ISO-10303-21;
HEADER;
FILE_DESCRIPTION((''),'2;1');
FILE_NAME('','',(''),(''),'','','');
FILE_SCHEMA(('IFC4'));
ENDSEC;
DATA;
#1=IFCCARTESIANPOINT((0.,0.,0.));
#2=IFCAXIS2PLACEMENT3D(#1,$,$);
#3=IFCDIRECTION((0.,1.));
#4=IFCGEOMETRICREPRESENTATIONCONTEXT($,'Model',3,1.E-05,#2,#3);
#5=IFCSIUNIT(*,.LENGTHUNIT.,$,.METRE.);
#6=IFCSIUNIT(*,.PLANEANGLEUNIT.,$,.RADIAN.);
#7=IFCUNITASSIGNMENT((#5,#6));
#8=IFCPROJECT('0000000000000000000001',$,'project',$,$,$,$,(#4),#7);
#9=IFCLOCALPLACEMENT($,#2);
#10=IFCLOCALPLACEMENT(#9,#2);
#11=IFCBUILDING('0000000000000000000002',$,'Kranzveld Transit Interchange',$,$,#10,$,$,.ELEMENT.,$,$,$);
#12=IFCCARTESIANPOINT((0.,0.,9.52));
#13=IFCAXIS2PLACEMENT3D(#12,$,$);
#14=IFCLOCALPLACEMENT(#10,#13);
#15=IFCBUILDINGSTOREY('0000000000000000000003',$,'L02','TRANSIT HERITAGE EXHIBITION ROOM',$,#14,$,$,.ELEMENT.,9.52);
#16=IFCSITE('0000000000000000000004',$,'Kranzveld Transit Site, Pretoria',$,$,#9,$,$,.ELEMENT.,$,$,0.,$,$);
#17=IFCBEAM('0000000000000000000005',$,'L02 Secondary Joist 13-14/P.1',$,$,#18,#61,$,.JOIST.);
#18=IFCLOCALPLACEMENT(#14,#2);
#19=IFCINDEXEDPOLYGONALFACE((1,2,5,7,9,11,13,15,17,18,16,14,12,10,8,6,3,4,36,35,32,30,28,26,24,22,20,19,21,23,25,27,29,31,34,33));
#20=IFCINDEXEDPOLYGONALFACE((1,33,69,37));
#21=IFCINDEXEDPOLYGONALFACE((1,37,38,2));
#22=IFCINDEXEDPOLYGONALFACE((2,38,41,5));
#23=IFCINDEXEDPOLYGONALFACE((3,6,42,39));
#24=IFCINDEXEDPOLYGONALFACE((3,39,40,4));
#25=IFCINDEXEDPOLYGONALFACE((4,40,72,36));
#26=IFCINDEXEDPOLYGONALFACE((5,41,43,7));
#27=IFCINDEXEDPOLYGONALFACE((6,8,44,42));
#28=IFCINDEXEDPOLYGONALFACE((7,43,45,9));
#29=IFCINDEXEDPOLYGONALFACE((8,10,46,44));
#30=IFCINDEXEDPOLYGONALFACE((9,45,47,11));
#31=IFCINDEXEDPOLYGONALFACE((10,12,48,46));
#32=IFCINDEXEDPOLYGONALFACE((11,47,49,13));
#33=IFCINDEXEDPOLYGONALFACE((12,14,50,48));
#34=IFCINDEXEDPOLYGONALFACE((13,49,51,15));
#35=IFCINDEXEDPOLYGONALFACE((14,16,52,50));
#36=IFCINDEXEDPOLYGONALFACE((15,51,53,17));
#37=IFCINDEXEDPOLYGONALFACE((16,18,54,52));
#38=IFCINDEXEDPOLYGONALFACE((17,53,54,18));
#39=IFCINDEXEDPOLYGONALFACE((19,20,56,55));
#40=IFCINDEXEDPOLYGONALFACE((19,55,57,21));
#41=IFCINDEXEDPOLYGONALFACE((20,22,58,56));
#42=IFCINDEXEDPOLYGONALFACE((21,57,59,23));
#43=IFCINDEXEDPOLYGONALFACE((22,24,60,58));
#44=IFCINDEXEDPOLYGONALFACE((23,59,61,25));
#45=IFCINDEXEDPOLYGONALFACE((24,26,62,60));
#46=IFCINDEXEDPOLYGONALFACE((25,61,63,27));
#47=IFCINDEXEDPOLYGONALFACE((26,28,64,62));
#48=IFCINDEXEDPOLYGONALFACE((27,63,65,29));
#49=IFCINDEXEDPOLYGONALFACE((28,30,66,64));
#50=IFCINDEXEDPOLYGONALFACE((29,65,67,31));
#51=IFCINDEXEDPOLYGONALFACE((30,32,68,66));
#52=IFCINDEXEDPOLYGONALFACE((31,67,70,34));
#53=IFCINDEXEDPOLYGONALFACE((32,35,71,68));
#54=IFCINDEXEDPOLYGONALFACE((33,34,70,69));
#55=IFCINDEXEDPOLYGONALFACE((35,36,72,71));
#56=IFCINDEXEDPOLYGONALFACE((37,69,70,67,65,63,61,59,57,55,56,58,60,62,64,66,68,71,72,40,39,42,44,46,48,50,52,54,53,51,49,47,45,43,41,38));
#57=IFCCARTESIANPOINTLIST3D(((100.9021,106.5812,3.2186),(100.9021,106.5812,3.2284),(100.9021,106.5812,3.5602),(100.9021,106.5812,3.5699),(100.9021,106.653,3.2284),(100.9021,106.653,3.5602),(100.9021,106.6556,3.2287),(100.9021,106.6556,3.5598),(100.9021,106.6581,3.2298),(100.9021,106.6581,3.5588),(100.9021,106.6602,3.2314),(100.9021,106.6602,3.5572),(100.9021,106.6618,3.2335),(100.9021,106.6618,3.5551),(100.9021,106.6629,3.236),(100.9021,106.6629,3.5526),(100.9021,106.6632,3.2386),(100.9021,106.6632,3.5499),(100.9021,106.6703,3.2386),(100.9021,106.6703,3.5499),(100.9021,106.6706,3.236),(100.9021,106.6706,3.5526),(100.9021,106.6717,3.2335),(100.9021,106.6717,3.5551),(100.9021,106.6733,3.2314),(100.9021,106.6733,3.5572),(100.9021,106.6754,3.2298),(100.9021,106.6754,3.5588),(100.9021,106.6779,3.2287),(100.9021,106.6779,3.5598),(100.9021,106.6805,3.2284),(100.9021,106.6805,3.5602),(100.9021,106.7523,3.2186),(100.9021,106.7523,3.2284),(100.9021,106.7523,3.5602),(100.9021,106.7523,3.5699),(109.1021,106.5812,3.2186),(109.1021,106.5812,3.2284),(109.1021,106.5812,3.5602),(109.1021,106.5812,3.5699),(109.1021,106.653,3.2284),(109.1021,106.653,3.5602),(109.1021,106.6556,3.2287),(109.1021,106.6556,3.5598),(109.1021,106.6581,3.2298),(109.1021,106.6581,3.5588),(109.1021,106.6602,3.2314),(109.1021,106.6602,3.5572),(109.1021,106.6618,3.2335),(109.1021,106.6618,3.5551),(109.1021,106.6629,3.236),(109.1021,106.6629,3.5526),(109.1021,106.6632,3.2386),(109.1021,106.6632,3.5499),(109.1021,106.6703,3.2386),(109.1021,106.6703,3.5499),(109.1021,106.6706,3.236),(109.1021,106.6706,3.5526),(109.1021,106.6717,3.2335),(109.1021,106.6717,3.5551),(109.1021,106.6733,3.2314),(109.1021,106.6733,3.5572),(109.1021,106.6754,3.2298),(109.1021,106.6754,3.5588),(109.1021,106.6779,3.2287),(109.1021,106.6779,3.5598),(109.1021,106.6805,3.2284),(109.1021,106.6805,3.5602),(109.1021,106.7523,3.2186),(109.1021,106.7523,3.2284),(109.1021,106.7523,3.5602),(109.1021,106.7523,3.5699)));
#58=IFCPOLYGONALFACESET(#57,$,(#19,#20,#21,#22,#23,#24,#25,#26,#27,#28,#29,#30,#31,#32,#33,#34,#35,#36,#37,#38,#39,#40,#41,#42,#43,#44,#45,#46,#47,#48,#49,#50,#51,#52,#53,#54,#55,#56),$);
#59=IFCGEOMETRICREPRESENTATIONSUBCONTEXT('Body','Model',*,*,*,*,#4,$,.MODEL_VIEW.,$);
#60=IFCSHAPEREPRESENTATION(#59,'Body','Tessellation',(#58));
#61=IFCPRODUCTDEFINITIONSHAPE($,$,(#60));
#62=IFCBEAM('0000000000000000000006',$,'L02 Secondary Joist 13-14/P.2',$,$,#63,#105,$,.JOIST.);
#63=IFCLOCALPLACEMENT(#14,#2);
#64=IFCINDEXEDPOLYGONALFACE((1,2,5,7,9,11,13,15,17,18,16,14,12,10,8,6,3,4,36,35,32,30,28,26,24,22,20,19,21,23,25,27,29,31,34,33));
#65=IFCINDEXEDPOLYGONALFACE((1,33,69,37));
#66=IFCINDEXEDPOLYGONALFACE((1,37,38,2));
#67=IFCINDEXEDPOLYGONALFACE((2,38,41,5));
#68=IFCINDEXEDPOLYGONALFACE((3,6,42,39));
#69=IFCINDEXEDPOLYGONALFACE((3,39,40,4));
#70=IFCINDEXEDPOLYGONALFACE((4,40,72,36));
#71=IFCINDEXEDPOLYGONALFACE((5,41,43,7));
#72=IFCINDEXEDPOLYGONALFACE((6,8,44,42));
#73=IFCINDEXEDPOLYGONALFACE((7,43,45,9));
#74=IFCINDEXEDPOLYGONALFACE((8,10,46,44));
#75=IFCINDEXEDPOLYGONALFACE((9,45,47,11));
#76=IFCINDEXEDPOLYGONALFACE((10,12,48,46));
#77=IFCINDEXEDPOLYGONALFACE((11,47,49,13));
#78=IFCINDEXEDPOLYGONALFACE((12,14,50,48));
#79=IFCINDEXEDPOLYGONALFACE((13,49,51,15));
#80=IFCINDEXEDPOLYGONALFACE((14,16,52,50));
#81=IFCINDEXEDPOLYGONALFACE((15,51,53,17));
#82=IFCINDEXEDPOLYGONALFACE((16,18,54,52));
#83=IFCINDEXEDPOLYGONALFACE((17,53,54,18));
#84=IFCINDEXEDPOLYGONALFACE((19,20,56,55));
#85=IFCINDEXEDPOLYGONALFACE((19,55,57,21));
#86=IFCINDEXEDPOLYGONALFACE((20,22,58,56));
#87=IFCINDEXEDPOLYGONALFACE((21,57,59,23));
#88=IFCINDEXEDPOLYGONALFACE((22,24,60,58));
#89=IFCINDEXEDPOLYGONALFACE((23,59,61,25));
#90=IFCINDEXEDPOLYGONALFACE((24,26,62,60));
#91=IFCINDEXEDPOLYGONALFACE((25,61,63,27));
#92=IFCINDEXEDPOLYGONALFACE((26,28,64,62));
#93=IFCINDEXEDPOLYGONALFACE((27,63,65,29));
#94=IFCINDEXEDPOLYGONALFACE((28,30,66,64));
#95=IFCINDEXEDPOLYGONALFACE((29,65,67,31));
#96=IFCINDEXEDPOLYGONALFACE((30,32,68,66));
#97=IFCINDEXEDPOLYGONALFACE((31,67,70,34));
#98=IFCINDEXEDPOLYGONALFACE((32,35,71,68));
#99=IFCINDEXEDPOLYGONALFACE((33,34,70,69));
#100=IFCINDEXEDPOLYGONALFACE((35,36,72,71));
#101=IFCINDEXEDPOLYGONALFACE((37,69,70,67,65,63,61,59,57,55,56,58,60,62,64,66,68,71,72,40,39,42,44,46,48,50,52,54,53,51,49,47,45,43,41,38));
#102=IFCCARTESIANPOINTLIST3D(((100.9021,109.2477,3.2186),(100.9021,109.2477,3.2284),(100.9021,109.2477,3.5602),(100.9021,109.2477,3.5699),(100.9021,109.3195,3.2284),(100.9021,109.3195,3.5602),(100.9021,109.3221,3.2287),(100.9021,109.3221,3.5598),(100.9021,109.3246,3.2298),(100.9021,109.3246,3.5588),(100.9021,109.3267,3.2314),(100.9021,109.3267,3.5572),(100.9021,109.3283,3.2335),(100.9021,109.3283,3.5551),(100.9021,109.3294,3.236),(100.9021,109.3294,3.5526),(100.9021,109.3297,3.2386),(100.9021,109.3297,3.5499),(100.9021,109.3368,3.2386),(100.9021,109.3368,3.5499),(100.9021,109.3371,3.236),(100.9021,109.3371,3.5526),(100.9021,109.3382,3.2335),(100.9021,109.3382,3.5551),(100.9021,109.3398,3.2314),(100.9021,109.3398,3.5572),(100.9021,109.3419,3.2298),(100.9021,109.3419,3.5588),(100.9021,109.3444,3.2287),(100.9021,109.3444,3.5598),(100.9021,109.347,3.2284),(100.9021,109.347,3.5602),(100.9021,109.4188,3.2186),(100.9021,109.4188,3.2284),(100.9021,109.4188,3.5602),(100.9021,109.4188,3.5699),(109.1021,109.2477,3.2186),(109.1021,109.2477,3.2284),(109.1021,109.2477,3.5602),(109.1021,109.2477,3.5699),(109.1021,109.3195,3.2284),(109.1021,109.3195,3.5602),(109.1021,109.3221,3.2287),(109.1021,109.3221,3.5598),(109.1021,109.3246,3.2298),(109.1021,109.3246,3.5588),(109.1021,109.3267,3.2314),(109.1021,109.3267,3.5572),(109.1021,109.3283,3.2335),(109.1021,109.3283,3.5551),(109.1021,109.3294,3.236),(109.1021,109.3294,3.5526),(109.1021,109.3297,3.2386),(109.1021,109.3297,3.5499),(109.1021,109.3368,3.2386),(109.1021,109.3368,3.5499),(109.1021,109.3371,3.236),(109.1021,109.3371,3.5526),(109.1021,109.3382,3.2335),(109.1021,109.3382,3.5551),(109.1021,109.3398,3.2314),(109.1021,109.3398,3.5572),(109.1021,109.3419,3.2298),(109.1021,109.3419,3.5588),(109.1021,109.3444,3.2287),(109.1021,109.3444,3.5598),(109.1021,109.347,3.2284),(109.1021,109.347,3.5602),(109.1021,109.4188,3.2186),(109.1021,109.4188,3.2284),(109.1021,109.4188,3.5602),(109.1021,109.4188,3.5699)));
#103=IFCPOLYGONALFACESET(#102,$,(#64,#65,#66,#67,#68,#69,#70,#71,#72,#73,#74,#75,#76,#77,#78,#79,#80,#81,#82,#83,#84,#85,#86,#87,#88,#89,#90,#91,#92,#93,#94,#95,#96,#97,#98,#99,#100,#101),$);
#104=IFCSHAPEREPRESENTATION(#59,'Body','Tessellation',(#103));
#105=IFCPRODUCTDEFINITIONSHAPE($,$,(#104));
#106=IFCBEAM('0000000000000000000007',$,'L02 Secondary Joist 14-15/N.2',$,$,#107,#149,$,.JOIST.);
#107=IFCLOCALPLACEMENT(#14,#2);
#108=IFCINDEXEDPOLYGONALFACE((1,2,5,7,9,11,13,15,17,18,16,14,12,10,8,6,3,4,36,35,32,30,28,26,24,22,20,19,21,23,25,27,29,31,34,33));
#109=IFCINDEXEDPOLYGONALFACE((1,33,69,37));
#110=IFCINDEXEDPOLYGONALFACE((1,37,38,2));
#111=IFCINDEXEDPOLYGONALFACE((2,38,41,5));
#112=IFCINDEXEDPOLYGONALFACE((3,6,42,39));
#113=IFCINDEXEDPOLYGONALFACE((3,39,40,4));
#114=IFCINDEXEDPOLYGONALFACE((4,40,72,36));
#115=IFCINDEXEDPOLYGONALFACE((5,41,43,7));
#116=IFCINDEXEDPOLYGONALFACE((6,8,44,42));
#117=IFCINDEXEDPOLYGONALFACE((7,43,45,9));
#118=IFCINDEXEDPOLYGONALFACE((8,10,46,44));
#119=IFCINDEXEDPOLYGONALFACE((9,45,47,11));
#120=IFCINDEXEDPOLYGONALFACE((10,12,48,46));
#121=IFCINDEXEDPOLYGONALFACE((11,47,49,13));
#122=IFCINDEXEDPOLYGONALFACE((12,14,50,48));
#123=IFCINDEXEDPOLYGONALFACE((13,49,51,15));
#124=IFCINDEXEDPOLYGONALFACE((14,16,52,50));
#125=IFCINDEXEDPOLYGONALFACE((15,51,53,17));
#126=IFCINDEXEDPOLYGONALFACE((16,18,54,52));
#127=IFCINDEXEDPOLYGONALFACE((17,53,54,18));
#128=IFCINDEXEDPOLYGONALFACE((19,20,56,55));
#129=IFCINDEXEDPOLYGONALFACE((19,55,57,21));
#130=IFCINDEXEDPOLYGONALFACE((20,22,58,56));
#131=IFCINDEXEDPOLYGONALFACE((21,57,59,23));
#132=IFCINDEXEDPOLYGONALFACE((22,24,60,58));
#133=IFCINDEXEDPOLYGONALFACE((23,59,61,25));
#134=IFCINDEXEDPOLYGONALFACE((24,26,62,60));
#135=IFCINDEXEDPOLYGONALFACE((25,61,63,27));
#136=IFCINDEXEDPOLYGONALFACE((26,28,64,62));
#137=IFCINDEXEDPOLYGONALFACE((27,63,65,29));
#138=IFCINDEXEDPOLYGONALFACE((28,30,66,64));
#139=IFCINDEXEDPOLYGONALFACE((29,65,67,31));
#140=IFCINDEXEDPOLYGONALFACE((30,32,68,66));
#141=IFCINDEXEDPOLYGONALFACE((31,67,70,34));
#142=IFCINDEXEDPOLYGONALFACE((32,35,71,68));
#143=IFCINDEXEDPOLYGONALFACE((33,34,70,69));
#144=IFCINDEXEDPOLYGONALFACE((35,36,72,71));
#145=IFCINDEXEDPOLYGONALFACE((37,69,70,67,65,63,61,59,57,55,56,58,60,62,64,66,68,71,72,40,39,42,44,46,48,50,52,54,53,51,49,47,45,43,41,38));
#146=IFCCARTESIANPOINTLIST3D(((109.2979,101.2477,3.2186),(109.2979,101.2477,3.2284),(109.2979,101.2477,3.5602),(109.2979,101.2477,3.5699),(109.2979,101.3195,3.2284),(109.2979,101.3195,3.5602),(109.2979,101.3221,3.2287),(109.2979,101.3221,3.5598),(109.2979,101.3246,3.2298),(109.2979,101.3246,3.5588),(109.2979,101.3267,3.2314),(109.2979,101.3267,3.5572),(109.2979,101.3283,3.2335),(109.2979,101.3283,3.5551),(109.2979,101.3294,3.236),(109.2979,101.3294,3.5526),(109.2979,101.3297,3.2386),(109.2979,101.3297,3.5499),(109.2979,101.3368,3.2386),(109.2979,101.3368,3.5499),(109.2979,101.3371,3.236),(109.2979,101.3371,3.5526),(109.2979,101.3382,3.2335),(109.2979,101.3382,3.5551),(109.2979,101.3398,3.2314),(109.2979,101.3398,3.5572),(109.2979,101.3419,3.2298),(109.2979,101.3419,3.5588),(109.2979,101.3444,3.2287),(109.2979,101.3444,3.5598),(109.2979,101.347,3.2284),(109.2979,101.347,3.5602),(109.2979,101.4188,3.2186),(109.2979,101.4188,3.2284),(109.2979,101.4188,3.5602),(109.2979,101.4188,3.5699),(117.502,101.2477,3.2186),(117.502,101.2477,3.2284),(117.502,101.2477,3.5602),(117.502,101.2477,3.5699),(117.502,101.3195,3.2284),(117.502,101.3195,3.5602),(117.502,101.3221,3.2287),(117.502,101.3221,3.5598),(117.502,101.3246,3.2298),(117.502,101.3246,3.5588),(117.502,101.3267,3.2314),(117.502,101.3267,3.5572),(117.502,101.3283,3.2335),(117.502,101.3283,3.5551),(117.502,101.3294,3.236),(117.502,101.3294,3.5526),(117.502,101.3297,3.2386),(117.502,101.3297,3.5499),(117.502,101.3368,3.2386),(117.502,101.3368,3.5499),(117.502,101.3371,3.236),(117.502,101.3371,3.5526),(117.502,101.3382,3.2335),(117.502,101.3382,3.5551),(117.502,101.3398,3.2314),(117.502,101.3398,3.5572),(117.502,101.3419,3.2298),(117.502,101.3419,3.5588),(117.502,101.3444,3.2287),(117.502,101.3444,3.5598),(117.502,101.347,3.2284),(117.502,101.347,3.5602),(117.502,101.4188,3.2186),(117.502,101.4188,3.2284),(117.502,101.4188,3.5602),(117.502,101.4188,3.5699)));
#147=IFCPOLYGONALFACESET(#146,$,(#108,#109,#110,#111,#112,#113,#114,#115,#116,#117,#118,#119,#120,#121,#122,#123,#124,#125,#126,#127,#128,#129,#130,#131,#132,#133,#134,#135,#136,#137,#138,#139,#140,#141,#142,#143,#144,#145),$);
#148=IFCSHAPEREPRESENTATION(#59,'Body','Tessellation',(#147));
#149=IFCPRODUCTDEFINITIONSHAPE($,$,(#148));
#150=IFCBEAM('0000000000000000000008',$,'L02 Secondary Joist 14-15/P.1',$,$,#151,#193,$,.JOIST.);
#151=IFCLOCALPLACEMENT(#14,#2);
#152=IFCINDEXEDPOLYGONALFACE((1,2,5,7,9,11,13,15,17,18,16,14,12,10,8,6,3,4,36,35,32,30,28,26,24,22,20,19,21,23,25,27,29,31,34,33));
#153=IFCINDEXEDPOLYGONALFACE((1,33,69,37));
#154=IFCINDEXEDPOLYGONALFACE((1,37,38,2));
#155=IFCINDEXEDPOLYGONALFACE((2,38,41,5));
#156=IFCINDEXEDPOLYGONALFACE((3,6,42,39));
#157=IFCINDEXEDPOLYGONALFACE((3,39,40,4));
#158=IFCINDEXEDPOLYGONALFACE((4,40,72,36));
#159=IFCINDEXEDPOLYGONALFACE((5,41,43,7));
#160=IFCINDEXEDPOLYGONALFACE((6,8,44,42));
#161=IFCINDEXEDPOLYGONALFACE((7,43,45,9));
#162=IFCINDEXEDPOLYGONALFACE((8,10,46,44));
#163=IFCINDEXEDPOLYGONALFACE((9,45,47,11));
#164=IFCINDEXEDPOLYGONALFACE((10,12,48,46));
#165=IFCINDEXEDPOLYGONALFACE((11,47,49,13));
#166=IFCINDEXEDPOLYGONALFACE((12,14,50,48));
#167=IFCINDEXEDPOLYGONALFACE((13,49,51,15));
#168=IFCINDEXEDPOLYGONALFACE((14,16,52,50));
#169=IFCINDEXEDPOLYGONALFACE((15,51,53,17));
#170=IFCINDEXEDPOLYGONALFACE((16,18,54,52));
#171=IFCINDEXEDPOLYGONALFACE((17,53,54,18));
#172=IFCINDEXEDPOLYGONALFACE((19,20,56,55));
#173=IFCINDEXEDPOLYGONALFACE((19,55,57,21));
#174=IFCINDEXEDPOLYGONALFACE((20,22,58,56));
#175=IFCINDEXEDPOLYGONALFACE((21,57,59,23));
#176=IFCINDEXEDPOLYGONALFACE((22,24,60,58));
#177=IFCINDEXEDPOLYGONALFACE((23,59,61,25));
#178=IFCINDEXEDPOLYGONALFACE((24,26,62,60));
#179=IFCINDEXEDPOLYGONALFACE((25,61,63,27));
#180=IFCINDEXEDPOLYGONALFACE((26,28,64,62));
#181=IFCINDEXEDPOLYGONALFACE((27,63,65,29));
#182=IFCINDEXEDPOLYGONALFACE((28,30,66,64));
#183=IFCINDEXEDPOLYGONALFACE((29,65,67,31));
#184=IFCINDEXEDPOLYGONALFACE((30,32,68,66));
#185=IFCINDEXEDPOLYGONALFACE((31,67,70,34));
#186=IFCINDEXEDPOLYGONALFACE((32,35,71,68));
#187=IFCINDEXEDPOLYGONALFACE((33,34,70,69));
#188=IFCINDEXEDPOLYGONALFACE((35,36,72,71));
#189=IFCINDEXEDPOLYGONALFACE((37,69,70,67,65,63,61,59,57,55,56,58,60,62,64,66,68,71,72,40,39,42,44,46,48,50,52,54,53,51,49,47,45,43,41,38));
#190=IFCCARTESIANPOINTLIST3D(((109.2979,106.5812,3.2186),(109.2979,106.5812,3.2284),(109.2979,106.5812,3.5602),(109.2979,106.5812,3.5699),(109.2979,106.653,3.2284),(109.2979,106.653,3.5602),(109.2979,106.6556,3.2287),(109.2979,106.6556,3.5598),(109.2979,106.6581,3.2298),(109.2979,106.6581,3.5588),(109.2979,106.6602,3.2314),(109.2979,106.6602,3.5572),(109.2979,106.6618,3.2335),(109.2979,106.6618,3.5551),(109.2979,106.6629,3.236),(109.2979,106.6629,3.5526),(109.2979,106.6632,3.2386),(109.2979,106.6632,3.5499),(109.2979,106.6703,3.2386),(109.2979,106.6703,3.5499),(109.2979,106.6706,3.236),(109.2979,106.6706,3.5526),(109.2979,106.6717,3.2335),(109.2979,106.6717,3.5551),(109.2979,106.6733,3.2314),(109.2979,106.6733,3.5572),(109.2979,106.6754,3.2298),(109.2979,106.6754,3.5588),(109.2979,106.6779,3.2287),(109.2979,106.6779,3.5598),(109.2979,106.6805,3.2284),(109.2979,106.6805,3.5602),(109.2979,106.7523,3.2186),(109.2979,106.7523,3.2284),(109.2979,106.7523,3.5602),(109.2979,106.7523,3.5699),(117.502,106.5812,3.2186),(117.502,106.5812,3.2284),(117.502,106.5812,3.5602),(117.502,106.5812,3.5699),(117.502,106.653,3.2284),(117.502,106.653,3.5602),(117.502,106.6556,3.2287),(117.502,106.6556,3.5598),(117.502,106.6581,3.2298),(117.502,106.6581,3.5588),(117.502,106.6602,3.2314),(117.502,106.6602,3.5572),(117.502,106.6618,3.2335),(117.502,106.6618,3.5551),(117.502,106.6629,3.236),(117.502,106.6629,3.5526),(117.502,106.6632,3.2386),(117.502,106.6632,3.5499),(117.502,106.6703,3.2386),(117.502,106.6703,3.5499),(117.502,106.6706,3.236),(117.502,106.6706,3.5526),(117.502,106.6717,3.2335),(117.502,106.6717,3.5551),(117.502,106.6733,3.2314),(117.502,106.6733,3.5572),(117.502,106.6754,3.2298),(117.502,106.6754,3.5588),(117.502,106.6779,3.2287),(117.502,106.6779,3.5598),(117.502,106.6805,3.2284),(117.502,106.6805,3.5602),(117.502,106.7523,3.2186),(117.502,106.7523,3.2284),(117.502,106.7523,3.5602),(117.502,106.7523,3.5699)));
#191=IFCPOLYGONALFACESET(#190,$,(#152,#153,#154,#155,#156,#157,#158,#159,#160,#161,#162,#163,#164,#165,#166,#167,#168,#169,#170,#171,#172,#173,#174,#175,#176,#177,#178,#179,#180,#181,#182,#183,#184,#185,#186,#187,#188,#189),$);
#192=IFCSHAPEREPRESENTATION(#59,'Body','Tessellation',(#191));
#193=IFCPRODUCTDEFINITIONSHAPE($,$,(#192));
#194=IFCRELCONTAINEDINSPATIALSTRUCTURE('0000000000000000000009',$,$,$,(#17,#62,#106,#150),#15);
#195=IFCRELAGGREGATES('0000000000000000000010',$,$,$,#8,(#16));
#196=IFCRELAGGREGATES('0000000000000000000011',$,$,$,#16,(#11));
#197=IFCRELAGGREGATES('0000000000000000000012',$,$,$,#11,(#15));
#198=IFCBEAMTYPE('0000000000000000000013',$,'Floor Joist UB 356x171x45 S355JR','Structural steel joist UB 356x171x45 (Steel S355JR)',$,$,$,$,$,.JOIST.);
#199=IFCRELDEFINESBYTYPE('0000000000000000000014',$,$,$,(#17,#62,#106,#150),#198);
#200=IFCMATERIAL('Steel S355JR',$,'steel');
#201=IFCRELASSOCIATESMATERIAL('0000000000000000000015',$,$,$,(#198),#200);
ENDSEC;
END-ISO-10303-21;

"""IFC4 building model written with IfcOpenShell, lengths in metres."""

from ifc_helpers import new_model, si_unit, direction, frame, origin, origin_2d, place, context, subcontext, project, spatial, i_section, extrude, material, material_profile, profile_set, type_object, element, save


model = new_model("IFC4")

# Units and contexts
model_context = context("Model", 3, precision=1e-05, world=origin(), true_north=direction((0.0, 1.0)))
body_context = subcontext(model_context, "Body", "Model", "MODEL_VIEW")
ifc_project = project(units=[si_unit("LENGTHUNIT", "METRE"), si_unit("PLANEANGLEUNIT", "RADIAN")], contexts=[model_context])

# Site, building, storey
site_placement = place(None, origin())
site = spatial("IfcSite", under=ifc_project, at=site_placement, Name="Kranzveld Transit Site, Pretoria", CompositionType="ELEMENT", RefElevation=0.0)
building_placement = place(site_placement, origin())
building = spatial("IfcBuilding", under=site, at=building_placement, Name="Kranzveld Transit Interchange", CompositionType="ELEMENT")
storey_placement = place(building_placement, frame((0.0, 0.0, 9.52)))
storey = spatial("IfcBuildingStorey", under=building, at=storey_placement, Name="L02", Description="TRANSIT HERITAGE EXHIBITION ROOM", CompositionType="ELEMENT", Elevation=9.52)

# Beams
ifc_material_1 = material(Name="Steel S355JR", Category="steel")
ifc_material_profile_1 = material_profile(ifc_material_1, i_section(OverallWidth=0.1711, OverallDepth=0.3513, WebThickness=0.0071, FlangeThickness=0.0098, FilletRadius=0.0103, at=origin_2d()), Name="UB 356x171x45")
ifc_profile_set_1 = profile_set([ifc_material_profile_1], Name="Steel S355JR")
beam_type_1 = type_object("IfcBeamType", Name="Floor Joist UB 356x171x45 S355JR", Description="Structural steel joist UB 356x171x45 (Steel S355JR)", PredefinedType="JOIST", material=ifc_profile_set_1)
for number, where, z_axis, x_axis, name in (
    (1, (100.9021, 106.6667, 3.3943), (1.0, 0.0, 0.0), (0.0, 1.0, 0.0), "L02 Secondary Joist 13-14/P.1"),
    (2, (100.9021, 109.3333, 3.3943), (1.0, 0.0, 0.0), (0.0, 1.0, 0.0), "L02 Secondary Joist 13-14/P.2"),
):
    element("IfcBeam", number, at=place(storey_placement, frame(where, z_axis=z_axis, x_axis=x_axis)), inside=storey, type_object=beam_type_1, Name=name, PredefinedType="JOIST", context=body_context, shape_type="SweptSolid", body=[
        extrude(i_section(OverallWidth=0.1711, OverallDepth=0.3513, WebThickness=0.0071, FlangeThickness=0.0098, FilletRadius=0.0103, at=origin_2d()), origin(), (0.0, 0.0, 1.0), 8.2),
    ])
for number, where, z_axis, x_axis, name in (
    (3, (109.2979, 101.3333, 3.3943), (1.0, 0.0, 0.0), (0.0, 1.0, 0.0), "L02 Secondary Joist 14-15/N.2"),
    (4, (109.2979, 106.6667, 3.3943), (1.0, 0.0, 0.0), (0.0, 1.0, 0.0), "L02 Secondary Joist 14-15/P.1"),
):
    element("IfcBeam", number, at=place(storey_placement, frame(where, z_axis=z_axis, x_axis=x_axis)), inside=storey, type_object=beam_type_1, Name=name, PredefinedType="JOIST", context=body_context, shape_type="SweptSolid", body=[
        extrude(i_section(OverallWidth=0.1711, OverallDepth=0.3513, WebThickness=0.0071, FlangeThickness=0.0098, FilletRadius=0.0103, at=origin_2d()), origin(), (0.0, 0.0, 1.0), 8.2041),
    ])

save(model, "model.ifc")
